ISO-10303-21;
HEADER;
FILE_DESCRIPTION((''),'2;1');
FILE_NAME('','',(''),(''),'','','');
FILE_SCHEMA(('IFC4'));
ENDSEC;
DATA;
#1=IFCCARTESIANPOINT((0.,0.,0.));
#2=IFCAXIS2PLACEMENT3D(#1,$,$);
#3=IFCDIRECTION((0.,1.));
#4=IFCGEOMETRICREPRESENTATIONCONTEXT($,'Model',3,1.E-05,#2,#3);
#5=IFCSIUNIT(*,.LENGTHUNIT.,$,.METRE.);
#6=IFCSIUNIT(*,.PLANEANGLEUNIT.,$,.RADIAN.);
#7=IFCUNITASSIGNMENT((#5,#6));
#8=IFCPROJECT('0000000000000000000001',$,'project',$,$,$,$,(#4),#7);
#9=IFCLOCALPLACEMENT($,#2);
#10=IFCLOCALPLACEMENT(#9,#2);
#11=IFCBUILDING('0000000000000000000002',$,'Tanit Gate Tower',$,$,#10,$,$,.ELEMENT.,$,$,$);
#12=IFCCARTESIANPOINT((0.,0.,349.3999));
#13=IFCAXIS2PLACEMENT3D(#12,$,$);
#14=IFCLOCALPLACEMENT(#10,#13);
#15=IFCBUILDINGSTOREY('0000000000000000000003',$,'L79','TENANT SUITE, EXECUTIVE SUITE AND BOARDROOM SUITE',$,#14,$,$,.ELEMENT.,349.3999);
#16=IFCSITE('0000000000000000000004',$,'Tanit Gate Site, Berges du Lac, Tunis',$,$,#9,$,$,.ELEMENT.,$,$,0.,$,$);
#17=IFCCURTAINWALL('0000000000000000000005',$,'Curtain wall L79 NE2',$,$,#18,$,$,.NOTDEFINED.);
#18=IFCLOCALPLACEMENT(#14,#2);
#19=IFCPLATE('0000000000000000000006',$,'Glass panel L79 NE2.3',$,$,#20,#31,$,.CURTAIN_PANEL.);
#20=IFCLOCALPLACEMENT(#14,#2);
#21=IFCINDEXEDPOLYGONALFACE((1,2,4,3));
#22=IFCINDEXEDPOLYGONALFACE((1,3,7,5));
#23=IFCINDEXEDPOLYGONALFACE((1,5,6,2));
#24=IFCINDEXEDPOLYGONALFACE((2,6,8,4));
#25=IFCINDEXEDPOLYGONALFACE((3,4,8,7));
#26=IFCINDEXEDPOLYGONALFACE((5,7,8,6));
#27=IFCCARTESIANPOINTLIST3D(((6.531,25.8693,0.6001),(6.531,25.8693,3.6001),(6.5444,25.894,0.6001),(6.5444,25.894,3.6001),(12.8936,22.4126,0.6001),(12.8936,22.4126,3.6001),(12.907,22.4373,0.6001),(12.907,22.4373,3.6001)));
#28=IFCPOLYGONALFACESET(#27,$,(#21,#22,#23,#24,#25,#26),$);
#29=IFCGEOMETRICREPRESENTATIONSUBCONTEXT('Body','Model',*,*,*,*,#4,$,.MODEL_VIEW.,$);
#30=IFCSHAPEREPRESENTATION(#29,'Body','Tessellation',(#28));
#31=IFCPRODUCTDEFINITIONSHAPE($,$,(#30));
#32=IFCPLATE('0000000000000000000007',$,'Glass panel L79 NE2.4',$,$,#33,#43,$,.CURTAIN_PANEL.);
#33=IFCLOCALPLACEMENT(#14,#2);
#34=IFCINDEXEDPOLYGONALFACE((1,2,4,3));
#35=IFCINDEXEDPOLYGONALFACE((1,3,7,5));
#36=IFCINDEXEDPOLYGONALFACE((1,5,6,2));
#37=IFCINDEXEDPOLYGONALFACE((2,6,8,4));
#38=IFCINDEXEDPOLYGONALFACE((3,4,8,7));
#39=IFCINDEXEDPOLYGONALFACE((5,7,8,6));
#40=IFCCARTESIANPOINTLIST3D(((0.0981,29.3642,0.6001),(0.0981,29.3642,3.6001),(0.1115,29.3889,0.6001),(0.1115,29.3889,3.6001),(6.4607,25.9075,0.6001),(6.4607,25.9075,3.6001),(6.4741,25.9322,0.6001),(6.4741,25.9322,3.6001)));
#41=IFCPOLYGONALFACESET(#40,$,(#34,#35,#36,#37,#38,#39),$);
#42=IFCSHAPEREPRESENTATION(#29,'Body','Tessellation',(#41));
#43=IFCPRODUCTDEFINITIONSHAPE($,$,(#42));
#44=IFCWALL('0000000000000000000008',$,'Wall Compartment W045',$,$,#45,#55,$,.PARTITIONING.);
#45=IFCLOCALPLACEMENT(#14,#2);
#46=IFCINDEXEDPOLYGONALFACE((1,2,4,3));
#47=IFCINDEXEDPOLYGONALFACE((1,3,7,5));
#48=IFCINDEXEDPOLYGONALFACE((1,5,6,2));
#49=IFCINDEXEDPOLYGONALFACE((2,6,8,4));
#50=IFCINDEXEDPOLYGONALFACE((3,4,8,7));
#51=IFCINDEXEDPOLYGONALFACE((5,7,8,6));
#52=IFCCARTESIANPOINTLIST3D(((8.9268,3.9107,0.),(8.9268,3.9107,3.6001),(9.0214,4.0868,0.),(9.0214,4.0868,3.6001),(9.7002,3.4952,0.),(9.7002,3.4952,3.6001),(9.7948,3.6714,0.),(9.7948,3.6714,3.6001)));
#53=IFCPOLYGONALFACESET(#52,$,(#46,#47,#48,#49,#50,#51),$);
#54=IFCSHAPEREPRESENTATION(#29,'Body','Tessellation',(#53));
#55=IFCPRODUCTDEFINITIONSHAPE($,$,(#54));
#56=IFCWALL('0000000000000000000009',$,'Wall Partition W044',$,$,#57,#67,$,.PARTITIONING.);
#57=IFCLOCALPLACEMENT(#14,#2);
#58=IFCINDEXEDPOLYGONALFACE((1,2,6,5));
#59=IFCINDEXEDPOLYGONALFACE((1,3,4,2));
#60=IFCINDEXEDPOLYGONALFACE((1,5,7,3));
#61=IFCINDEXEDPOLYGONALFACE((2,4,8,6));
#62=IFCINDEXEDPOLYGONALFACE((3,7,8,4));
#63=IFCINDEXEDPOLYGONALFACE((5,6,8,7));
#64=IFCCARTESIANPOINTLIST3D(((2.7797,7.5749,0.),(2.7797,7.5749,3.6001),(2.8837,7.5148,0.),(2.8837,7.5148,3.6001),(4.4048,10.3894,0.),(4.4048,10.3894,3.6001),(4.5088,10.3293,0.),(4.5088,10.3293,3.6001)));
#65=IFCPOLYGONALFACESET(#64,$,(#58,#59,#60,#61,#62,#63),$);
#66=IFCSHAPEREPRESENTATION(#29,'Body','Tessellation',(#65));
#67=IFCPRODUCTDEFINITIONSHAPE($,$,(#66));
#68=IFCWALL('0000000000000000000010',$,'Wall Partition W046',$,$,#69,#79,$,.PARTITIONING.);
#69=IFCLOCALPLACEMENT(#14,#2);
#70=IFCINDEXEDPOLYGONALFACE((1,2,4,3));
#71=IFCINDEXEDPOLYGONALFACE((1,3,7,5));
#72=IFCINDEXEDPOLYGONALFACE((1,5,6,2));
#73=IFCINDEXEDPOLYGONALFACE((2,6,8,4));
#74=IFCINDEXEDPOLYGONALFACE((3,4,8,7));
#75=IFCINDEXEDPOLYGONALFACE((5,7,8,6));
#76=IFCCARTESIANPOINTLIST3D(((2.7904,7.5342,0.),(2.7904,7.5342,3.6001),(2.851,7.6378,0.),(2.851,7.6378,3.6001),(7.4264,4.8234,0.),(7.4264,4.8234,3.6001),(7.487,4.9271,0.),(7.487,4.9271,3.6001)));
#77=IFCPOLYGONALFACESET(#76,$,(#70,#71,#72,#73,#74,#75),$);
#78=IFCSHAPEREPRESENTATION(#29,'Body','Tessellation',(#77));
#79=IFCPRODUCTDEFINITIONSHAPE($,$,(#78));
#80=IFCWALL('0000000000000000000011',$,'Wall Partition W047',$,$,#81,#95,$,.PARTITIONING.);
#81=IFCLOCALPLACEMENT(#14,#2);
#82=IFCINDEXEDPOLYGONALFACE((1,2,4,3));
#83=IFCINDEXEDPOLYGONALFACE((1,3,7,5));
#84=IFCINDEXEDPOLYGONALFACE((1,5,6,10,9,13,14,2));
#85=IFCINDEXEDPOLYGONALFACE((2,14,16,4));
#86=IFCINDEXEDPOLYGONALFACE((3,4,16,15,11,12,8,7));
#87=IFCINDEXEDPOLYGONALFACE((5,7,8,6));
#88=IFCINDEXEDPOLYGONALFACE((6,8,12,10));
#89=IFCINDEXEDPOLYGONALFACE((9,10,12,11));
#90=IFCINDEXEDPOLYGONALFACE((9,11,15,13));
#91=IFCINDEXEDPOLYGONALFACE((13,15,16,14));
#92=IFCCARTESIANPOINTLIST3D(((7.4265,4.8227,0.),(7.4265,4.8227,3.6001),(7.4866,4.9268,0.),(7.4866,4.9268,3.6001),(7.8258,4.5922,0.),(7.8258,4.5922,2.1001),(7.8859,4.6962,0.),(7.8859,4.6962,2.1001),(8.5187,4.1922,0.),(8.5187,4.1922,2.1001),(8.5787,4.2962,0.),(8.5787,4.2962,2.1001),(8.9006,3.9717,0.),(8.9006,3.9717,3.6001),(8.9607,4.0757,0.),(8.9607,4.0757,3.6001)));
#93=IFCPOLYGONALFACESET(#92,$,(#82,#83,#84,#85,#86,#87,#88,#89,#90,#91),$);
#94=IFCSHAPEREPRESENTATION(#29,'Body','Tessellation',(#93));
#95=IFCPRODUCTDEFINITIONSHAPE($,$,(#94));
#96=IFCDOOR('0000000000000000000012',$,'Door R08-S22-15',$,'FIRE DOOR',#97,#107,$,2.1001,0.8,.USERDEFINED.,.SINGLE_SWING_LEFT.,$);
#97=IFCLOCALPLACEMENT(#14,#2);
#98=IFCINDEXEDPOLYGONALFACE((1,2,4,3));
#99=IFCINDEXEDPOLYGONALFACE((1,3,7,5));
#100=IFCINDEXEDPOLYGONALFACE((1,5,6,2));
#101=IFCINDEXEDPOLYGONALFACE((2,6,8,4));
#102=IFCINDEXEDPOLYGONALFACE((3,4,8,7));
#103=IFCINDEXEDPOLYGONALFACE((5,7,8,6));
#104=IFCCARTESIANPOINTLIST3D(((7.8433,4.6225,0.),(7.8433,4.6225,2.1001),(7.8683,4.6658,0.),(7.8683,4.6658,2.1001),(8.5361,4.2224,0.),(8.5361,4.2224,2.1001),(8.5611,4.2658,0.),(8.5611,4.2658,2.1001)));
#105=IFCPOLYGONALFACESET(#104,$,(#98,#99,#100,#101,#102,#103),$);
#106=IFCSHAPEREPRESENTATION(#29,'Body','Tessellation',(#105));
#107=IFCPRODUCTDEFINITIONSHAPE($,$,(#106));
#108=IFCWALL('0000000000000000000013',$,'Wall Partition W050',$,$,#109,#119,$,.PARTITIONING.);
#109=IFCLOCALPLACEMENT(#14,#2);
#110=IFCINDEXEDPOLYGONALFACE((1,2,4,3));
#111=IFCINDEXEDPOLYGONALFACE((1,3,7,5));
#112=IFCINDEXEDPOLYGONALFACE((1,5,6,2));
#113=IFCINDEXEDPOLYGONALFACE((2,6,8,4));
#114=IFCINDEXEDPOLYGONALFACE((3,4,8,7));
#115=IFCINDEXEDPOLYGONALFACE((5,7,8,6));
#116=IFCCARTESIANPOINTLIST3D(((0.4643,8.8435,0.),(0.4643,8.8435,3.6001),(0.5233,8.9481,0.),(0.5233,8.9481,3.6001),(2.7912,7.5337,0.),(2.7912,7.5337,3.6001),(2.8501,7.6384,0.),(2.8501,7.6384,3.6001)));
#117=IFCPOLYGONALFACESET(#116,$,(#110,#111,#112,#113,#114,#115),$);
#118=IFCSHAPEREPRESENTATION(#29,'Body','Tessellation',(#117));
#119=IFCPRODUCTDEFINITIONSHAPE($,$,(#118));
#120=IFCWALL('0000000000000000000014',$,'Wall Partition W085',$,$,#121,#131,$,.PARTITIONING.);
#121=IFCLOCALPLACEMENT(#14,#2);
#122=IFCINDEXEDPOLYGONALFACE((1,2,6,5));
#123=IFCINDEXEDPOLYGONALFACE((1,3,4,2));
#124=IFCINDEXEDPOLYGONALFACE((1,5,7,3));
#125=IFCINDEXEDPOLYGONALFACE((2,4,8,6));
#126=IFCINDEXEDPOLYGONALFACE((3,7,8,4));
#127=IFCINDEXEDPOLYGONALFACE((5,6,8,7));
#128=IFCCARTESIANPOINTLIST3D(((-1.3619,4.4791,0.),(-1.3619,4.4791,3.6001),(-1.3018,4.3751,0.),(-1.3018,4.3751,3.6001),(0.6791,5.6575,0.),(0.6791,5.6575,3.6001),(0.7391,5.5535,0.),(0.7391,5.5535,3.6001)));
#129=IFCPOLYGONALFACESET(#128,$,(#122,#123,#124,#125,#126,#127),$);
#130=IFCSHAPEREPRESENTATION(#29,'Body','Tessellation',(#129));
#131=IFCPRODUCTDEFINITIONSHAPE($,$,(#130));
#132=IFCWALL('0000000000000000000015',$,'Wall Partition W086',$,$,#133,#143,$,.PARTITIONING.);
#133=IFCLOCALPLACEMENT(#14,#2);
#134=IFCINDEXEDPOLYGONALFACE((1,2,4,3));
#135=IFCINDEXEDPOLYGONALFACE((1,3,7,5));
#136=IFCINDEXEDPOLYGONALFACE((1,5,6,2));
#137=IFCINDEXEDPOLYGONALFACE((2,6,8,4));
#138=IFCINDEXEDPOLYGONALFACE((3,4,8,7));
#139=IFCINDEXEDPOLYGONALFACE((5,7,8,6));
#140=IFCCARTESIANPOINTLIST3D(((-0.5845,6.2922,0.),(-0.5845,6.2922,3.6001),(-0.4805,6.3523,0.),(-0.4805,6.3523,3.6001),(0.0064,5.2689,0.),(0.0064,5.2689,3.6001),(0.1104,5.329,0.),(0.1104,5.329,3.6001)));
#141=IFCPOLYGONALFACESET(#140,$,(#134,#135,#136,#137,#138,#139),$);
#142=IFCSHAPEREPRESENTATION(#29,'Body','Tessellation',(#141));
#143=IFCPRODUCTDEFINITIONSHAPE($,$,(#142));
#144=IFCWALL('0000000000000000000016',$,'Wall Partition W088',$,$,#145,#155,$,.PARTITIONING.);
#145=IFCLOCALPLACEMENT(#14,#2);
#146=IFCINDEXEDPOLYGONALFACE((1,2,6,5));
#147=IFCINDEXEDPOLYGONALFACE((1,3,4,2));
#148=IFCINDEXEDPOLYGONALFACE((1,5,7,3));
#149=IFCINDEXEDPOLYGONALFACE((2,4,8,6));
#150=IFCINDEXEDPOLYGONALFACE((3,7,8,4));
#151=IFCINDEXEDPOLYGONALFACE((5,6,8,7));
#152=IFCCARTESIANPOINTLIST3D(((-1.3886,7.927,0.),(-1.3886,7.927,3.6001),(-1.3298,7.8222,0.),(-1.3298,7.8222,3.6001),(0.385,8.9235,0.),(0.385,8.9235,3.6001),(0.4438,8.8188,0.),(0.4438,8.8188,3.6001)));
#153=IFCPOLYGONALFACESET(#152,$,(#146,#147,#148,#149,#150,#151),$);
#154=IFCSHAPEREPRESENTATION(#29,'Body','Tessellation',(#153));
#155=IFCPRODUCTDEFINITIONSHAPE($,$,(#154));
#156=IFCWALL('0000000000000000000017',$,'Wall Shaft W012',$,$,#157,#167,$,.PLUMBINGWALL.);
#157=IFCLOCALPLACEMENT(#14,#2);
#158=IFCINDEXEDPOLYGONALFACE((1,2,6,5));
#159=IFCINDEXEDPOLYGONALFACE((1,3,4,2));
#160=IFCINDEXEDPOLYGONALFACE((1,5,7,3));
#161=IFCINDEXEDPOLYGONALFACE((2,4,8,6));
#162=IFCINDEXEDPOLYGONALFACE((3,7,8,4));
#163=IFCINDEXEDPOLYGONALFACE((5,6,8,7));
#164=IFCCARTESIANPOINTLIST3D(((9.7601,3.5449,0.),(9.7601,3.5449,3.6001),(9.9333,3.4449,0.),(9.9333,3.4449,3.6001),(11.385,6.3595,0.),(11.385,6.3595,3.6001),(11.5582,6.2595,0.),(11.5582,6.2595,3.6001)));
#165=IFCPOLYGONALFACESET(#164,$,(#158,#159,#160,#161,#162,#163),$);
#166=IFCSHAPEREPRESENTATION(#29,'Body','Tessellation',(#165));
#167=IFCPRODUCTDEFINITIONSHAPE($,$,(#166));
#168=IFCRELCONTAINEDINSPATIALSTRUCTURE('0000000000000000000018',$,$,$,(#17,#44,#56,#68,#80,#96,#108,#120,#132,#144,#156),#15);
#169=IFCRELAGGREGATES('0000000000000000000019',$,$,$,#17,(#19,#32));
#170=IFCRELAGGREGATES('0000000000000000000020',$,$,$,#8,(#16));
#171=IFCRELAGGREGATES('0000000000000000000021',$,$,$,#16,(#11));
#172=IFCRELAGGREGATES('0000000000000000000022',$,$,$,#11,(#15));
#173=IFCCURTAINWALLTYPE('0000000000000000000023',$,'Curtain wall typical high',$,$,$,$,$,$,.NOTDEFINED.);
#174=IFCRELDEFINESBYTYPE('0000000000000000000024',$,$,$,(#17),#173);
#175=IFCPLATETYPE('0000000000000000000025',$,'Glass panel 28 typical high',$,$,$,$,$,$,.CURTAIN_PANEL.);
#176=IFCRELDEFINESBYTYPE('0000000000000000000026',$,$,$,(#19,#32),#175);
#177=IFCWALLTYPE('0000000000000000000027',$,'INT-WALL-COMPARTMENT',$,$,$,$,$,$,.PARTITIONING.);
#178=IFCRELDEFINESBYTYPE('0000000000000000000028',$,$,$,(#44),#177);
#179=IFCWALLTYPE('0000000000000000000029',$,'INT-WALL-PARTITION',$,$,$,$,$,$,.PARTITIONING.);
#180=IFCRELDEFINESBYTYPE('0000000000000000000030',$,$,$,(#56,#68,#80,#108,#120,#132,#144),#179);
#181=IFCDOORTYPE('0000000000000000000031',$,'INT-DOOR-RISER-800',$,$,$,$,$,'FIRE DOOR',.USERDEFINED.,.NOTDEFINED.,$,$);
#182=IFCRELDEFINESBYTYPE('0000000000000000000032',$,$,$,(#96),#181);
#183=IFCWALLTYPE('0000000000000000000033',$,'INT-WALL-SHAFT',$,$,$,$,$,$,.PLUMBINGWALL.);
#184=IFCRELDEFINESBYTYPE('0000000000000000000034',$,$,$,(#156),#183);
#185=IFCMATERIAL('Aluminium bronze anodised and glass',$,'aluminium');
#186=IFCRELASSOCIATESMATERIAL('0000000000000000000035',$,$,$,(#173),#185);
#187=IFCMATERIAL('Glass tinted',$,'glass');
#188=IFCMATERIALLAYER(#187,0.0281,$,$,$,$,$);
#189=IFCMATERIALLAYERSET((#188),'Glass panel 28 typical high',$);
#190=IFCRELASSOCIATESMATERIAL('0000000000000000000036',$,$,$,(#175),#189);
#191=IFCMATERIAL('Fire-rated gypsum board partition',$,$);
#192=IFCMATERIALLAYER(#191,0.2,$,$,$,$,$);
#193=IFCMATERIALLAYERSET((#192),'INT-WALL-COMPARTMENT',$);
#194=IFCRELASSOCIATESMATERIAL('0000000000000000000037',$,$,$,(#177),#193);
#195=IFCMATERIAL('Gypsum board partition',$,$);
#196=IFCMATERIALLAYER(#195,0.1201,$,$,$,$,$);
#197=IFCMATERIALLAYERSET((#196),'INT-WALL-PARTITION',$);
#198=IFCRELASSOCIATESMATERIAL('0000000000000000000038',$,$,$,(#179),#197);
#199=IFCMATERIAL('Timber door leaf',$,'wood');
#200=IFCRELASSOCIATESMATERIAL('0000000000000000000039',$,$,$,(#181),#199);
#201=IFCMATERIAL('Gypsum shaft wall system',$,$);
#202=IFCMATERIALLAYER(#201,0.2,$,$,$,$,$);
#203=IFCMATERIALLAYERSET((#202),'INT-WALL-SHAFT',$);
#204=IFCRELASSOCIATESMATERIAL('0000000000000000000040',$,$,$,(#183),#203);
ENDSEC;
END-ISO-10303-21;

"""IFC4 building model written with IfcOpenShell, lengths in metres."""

from ifc_helpers import new_model, si_unit, direction, frame, frame_2d, origin, origin_2d, place, context, subcontext, project, spatial, rectangle, extrude, material, layer, layer_set, type_object, element, fill, aggregate, save


model = new_model("IFC4")

# Units and contexts
model_context = context("Model", 3, precision=1e-05, world=origin(), true_north=direction((0.0, 1.0)))
body_context = subcontext(model_context, "Body", "Model", "MODEL_VIEW")
ifc_project = project(units=[si_unit("LENGTHUNIT", "METRE"), si_unit("PLANEANGLEUNIT", "RADIAN")], contexts=[model_context])

# Site, building, storey
site_placement = place(None, origin())
site = spatial("IfcSite", under=ifc_project, at=site_placement, Name="Tanit Gate Site, Berges du Lac, Tunis", CompositionType="ELEMENT", RefElevation=0.0)
building_placement = place(site_placement, origin())
building = spatial("IfcBuilding", under=site, at=building_placement, Name="Tanit Gate Tower", CompositionType="ELEMENT")
storey_placement = place(building_placement, frame((0.0, 0.0, 349.3999)))
storey = spatial("IfcBuildingStorey", under=building, at=storey_placement, Name="L79", Description="TENANT SUITE, EXECUTIVE SUITE AND BOARDROOM SUITE", CompositionType="ELEMENT", Elevation=349.3999)

# Curtain wall
ifc_material_1 = material(Name="Aluminium bronze anodised and glass", Category="aluminium")
curtain_wall_type = type_object("IfcCurtainWallType", Name="Curtain wall typical high", PredefinedType="NOTDEFINED", material=ifc_material_1)
curtain_wall_1_placement = place(storey_placement, origin())
curtain_wall_1 = element("IfcCurtainWall", 1, at=curtain_wall_1_placement, inside=storey, type_object=curtain_wall_type, Name="Curtain wall L79 NE2", PredefinedType="NOTDEFINED")

# Plates
ifc_material_2 = material(Name="Glass tinted", Category="glass")
ifc_layer_1 = layer(ifc_material_2, 0.0281)
ifc_layer_set_1 = layer_set([ifc_layer_1], Name="Glass panel 28 typical high")
plate_type = type_object("IfcPlateType", Name="Glass panel 28 typical high", PredefinedType="CURTAIN_PANEL", material=ifc_layer_set_1)
plate_1_placement = place(storey_placement, frame((9.719, 24.1533, 0.6001), z_axis=(0.0, 0.0, 1.0), x_axis=(-0.878696, 0.477381, 0.0)))
plate_1 = element("IfcPlate", 2, at=plate_1_placement, type_object=plate_type, Name="Glass panel L79 NE2.3", PredefinedType="CURTAIN_PANEL", context=body_context, shape_type="SweptSolid", body=[
    extrude(rectangle(XDim=7.241, YDim=0.0281, at=origin_2d()), origin(), (0.0, 0.0, 1.0), 3.0),
])
plate_2_placement = place(storey_placement, frame((3.2861, 27.6482, 0.6001), z_axis=(0.0, 0.0, 1.0), x_axis=(-0.878696, 0.477381, 0.0)))
plate_2 = element("IfcPlate", 3, at=plate_2_placement, type_object=plate_type, Name="Glass panel L79 NE2.4", PredefinedType="CURTAIN_PANEL", context=body_context, shape_type="SweptSolid", body=[
    extrude(rectangle(XDim=7.241, YDim=0.0281, at=origin_2d()), origin(), (0.0, 0.0, 1.0), 3.0),
])
aggregate(curtain_wall_1, [plate_1, plate_2])

# Walls
ifc_material_3 = material(Name="Fire-rated gypsum board partition")
ifc_layer_2 = layer(ifc_material_3, 0.2)
ifc_layer_set_2 = layer_set([ifc_layer_2], Name="INT-WALL-COMPARTMENT")
wall_type_1 = type_object("IfcWallType", Name="INT-WALL-COMPARTMENT", PredefinedType="PARTITIONING", material=ifc_layer_set_2)
wall_1_placement = place(storey_placement, frame((8.9741, 3.9988, 0.0), z_axis=(0.0, 0.0, 1.0), x_axis=(0.880917, -0.473271, 0.0)))
element("IfcWall", 4, at=wall_1_placement, inside=storey, type_object=wall_type_1, Name="Wall Compartment W045", PredefinedType="PARTITIONING", context=body_context, shape_type="SweptSolid", body=[
    extrude(rectangle(XDim=0.8779, YDim=0.2, at=frame_2d((0.439, 0.0))), origin(), (0.0, 0.0, 1.0), 3.6001),
])
ifc_material_4 = material(Name="Gypsum board partition")
ifc_layer_3 = layer(ifc_material_4, 0.1201)
ifc_layer_set_3 = layer_set([ifc_layer_3], Name="INT-WALL-PARTITION")
wall_type_2 = type_object("IfcWallType", Name="INT-WALL-PARTITION", PredefinedType="PARTITIONING", material=ifc_layer_set_3)
wall_2_placement = place(storey_placement, frame((4.4568, 10.3594, 0.0), z_axis=(0.0, 0.0, 1.0), x_axis=(-0.500017, -0.866015, 0.0)))
element("IfcWall", 5, at=wall_2_placement, inside=storey, type_object=wall_type_2, Name="Wall Partition W044", PredefinedType="PARTITIONING", context=body_context, shape_type="SweptSolid", body=[
    extrude(rectangle(XDim=3.25, YDim=0.1201, at=frame_2d((1.625, 0.0))), origin(), (0.0, 0.0, 1.0), 3.6001),
])
wall_3_placement = place(storey_placement, frame((2.8208, 7.5859, 0.0), z_axis=(0.0, 0.0, 1.0), x_axis=(0.863262, -0.504755, 0.0)))
element("IfcWall", 6, at=wall_3_placement, inside=storey, type_object=wall_type_2, Name="Wall Partition W046", PredefinedType="PARTITIONING", context=body_context, shape_type="SweptSolid", body=[
    extrude(rectangle(XDim=5.3704, YDim=0.1201, at=frame_2d((2.6851, 0.0))), origin(), (0.0, 0.0, 1.0), 3.6001),
])

# Wall, opening, door
wall_4_placement = place(storey_placement, frame((7.4565, 4.8748, 0.0), z_axis=(0.0, 0.0, 1.0), x_axis=(0.866028, -0.499996, 0.0)))
wall_4 = element("IfcWall", 7, at=wall_4_placement, inside=storey, type_object=wall_type_2, Name="Wall Partition W047", PredefinedType="PARTITIONING", context=body_context, shape_type="SweptSolid", body=[
    extrude(rectangle(XDim=1.7021, YDim=0.1201, at=frame_2d((0.8511, 0.0))), origin(), (0.0, 0.0, 1.0), 3.6001),
])
opening_placement = place(wall_4_placement, frame((0.4612, 0.0, 0.0)))
opening = element("IfcOpeningElement", 8, at=opening_placement, cuts=wall_4, PredefinedType="OPENING", context=body_context, shape_type="SweptSolid", body=[
    extrude(rectangle(XDim=0.8, YDim=2.1001, at=frame_2d((0.3999, 1.05))), frame((0.0, 0.0701, 0.0), z_axis=(0.0, -1.0, 0.0), x_axis=(1.0, 0.0, 0.0)), (0.0, 0.0, 1.0), 0.1401),
])
ifc_material_5 = material(Name="Timber door leaf", Category="wood")
door_type = type_object("IfcDoorType", Name="INT-DOOR-RISER-800", ElementType="FIRE DOOR", OperationType="NOTDEFINED", PredefinedType="USERDEFINED", material=ifc_material_5)
door_placement = place(opening_placement, origin())
door = element("IfcDoor", 9, at=door_placement, inside=storey, type_object=door_type, Name="Door R08-S22-15", ObjectType="FIRE DOOR", OperationType="SINGLE_SWING_LEFT", OverallHeight=2.1001, OverallWidth=0.8, PredefinedType="USERDEFINED", context=body_context, shape_type="SweptSolid", body=[
    extrude(rectangle(XDim=0.8, YDim=2.1001, at=frame_2d((0.3999, 1.05))), frame((0.0, 0.0249, 0.0), z_axis=(0.0, -1.0, 0.0), x_axis=(1.0, 0.0, 0.0)), (0.0, 0.0, 1.0), 0.05),
])
fill(opening, door)

# Walls
wall_5_placement = place(storey_placement, frame((0.4939, 8.8958, 0.0), z_axis=(0.0, 0.0, 1.0), x_axis=(0.871427, -0.490526, 0.0)))
element("IfcWall", 10, at=wall_5_placement, inside=storey, type_object=wall_type_2, Name="Wall Partition W050", PredefinedType="PARTITIONING", context=body_context, shape_type="SweptSolid", body=[
    extrude(rectangle(XDim=2.6702, YDim=0.1201, at=frame_2d((1.335, 0.0))), origin(), (0.0, 0.0, 1.0), 3.6001),
])
wall_6_placement = place(storey_placement, frame((0.709, 5.6055, 0.0), z_axis=(0.0, 0.0, 1.0), x_axis=(-0.86601, -0.500027, 0.0)))
element("IfcWall", 11, at=wall_6_placement, inside=storey, type_object=wall_type_2, Name="Wall Partition W085", PredefinedType="PARTITIONING", context=body_context, shape_type="SweptSolid", body=[
    extrude(rectangle(XDim=2.3567, YDim=0.1201, at=frame_2d((1.1782, 0.0))), origin(), (0.0, 0.0, 1.0), 3.6001),
])
wall_7_placement = place(storey_placement, frame((-0.5325, 6.3223, 0.0), z_axis=(0.0, 0.0, 1.0), x_axis=(0.50005, -0.865996, 0.0)))
element("IfcWall", 12, at=wall_7_placement, inside=storey, type_object=wall_type_2, Name="Wall Partition W086", PredefinedType="PARTITIONING", context=body_context, shape_type="SweptSolid", body=[
    extrude(rectangle(XDim=1.1816, YDim=0.1201, at=frame_2d((0.5908, 0.0))), origin(), (0.0, 0.0, 1.0), 3.6001),
])
wall_8_placement = place(storey_placement, frame((0.4143, 8.8711, 0.0), z_axis=(0.0, 0.0, 1.0), x_axis=(-0.871809, -0.489845, 0.0)))
element("IfcWall", 13, at=wall_8_placement, inside=storey, type_object=wall_type_2, Name="Wall Partition W088", PredefinedType="PARTITIONING", context=body_context, shape_type="SweptSolid", body=[
    extrude(rectangle(XDim=2.0344, YDim=0.1201, at=frame_2d((1.0171, 0.0))), origin(), (0.0, 0.0, 1.0), 3.6001),
])
ifc_material_6 = material(Name="Gypsum shaft wall system")
ifc_layer_4 = layer(ifc_material_6, 0.2)
ifc_layer_set_4 = layer_set([ifc_layer_4], Name="INT-WALL-SHAFT")
wall_type_3 = type_object("IfcWallType", Name="INT-WALL-SHAFT", PredefinedType="PLUMBINGWALL", material=ifc_layer_set_4)
wall_9_placement = place(storey_placement, frame((9.8467, 3.4949, 0.0), z_axis=(0.0, 0.0, 1.0), x_axis=(0.499985, 0.866034, 0.0)))
element("IfcWall", 14, at=wall_9_placement, inside=storey, type_object=wall_type_3, Name="Wall Shaft W012", PredefinedType="PLUMBINGWALL", context=body_context, shape_type="SweptSolid", body=[
    extrude(rectangle(XDim=3.25, YDim=0.2, at=frame_2d((1.625, 0.0))), origin(), (0.0, 0.0, 1.0), 3.6001),
])

save(model, "model.ifc")
